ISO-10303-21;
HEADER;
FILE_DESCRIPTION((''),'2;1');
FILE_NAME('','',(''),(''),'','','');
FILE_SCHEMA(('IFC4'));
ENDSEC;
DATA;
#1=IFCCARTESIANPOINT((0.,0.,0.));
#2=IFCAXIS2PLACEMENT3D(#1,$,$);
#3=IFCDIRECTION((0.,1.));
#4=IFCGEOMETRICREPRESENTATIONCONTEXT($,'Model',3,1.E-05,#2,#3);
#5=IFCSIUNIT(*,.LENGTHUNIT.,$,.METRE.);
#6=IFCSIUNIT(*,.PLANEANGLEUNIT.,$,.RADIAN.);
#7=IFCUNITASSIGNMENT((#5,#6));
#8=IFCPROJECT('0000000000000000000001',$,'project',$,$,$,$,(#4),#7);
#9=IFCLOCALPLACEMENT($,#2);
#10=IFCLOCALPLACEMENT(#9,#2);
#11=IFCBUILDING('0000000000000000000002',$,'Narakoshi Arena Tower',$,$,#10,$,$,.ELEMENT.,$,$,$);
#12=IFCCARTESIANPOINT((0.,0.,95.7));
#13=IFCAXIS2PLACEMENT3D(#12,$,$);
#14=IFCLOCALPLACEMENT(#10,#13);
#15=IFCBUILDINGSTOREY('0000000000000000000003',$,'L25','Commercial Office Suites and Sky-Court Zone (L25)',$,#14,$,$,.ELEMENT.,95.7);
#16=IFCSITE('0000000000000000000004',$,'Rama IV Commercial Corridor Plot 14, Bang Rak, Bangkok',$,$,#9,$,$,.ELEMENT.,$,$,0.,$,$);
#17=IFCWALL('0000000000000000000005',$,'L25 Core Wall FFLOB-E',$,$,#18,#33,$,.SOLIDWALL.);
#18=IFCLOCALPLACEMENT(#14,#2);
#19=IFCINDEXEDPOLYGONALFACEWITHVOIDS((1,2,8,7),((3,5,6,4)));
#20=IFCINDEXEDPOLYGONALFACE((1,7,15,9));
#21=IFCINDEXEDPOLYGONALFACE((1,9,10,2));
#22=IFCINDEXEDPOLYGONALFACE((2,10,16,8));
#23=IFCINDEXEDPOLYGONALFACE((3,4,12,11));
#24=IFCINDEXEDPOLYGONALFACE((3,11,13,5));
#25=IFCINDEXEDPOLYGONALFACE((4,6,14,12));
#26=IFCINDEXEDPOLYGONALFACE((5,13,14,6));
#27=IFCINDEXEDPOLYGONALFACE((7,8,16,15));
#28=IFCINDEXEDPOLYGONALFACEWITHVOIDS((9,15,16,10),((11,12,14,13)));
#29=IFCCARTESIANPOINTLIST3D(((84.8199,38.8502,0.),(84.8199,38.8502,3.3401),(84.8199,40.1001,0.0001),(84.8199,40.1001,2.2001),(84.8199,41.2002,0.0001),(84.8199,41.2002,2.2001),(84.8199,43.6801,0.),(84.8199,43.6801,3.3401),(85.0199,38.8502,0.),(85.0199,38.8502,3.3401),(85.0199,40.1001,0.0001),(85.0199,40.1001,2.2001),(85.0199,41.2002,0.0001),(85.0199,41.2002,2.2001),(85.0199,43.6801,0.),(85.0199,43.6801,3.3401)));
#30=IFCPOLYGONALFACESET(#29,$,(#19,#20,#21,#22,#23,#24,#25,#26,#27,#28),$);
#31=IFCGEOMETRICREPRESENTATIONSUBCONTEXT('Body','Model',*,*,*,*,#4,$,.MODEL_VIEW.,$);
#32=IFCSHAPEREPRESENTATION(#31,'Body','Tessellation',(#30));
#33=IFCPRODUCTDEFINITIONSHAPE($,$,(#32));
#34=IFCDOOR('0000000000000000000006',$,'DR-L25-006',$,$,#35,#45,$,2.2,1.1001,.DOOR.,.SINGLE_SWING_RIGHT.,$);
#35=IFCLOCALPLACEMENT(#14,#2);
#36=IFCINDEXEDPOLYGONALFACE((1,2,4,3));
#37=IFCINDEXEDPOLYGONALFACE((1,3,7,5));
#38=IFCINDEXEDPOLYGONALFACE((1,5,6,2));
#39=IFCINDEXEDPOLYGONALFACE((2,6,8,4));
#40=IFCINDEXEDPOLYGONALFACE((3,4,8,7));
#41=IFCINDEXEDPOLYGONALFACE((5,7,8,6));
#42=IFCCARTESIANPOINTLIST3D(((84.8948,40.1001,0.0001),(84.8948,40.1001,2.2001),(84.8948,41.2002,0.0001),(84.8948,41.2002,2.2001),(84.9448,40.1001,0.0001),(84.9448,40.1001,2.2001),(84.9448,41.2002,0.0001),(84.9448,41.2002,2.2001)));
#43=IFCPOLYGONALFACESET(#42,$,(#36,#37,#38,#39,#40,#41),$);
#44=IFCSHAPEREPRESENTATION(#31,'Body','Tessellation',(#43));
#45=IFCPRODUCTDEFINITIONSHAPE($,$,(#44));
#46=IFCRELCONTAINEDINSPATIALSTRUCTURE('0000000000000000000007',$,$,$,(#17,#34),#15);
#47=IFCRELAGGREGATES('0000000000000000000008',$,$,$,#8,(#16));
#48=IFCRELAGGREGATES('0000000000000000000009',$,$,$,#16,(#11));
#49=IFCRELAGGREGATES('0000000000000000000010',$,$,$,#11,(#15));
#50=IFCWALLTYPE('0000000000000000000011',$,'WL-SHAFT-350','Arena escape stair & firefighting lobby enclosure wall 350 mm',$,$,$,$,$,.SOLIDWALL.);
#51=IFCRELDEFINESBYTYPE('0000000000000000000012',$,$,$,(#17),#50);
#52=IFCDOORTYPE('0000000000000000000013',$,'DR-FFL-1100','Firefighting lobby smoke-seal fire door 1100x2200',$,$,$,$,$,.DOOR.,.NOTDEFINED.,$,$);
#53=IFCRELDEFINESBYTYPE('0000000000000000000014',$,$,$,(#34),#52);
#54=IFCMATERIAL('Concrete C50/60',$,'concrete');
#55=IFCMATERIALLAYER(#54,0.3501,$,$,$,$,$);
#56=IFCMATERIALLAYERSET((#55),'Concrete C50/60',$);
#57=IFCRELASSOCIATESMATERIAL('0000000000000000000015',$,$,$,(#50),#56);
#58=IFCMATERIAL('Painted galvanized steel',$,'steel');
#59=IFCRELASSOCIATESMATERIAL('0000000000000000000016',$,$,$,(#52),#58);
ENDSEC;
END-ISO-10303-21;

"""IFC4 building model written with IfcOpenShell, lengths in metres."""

from ifc_helpers import new_model, si_unit, direction, frame, frame_2d, origin, place, context, subcontext, project, spatial, rectangle, extrude, material, layer, layer_set, type_object, element, fill, save


model = new_model("IFC4")

# Units and contexts
model_context = context("Model", 3, precision=1e-05, world=origin(), true_north=direction((0.0, 1.0)))
body_context = subcontext(model_context, "Body", "Model", "MODEL_VIEW")
ifc_project = project(units=[si_unit("LENGTHUNIT", "METRE"), si_unit("PLANEANGLEUNIT", "RADIAN")], contexts=[model_context])

# Site, building, storey
site_placement = place(None, origin())
site = spatial("IfcSite", under=ifc_project, at=site_placement, Name="Rama IV Commercial Corridor Plot 14, Bang Rak, Bangkok", CompositionType="ELEMENT", RefElevation=0.0)
building_placement = place(site_placement, origin())
building = spatial("IfcBuilding", under=site, at=building_placement, Name="Narakoshi Arena Tower", CompositionType="ELEMENT")
storey_placement = place(building_placement, frame((0.0, 0.0, 95.7)))
storey = spatial("IfcBuildingStorey", under=building, at=storey_placement, Name="L25", Description="Commercial Office Suites and Sky-Court Zone (L25)", CompositionType="ELEMENT", Elevation=95.7)

# Shared definitions
ifc_material_1 = material(Name="Concrete C50/60", Category="concrete")
ifc_layer_1 = layer(ifc_material_1, 0.3501)
ifc_layer_set_1 = layer_set([ifc_layer_1], Name="Concrete C50/60")
wall_type_1 = type_object("IfcWallType", Name="WL-SHAFT-350", Description="Arena escape stair & firefighting lobby enclosure wall 350 mm", PredefinedType="SOLIDWALL", material=ifc_layer_set_1)
ifc_material_2 = material(Name="Painted galvanized steel", Category="steel")

# Wall, opening, door
wall_1_placement = place(storey_placement, frame((84.9199, 38.8501, 0.0), z_axis=(0.0, 0.0, 1.0), x_axis=(0.0, 1.0, 0.0)))
wall_1 = element("IfcWall", 1, at=wall_1_placement, inside=storey, type_object=wall_type_1, Name="L25 Core Wall FFLOB-E", PredefinedType="SOLIDWALL", context=body_context, shape_type="SweptSolid", body=[
    extrude(rectangle(XDim=4.8298, YDim=0.2, at=frame_2d((2.415, 0.0))), origin(), (0.0, 0.0, 1.0), 3.3401),
])
opening_1_placement = place(wall_1_placement, frame((1.25, 0.0, 0.0)))
opening_1 = element("IfcOpeningElement", 2, at=opening_1_placement, cuts=wall_1, PredefinedType="OPENING", context=body_context, shape_type="SweptSolid", body=[
    extrude(rectangle(XDim=1.1001, YDim=2.2, at=frame_2d((0.55, 1.1001))), frame((0.0, 0.1099, 0.0), z_axis=(0.0, -1.0, 0.0), x_axis=(1.0, 0.0, 0.0)), (0.0, 0.0, 1.0), 0.22),
])
door_type_1 = type_object("IfcDoorType", Name="DR-FFL-1100", Description="Firefighting lobby smoke-seal fire door 1100x2200", OperationType="NOTDEFINED", PredefinedType="DOOR", material=ifc_material_2)
door_1_placement = place(opening_1_placement, frame((1.1001, 0.0, 0.0), z_axis=(0.0, 0.0, 1.0), x_axis=(-1.0, 0.0, 0.0)))
door_1 = element("IfcDoor", 3, at=door_1_placement, inside=storey, type_object=door_type_1, Name="DR-L25-006", OperationType="SINGLE_SWING_RIGHT", OverallHeight=2.2, OverallWidth=1.1001, PredefinedType="DOOR", context=body_context, shape_type="SweptSolid", body=[
    extrude(rectangle(XDim=1.1001, YDim=2.2, at=frame_2d((0.55, 1.1001))), frame((0.0, 0.0249, 0.0), z_axis=(0.0, -1.0, 0.0), x_axis=(1.0, 0.0, 0.0)), (0.0, 0.0, 1.0), 0.05),
])
fill(opening_1, door_1)

save(model, "model.ifc")
